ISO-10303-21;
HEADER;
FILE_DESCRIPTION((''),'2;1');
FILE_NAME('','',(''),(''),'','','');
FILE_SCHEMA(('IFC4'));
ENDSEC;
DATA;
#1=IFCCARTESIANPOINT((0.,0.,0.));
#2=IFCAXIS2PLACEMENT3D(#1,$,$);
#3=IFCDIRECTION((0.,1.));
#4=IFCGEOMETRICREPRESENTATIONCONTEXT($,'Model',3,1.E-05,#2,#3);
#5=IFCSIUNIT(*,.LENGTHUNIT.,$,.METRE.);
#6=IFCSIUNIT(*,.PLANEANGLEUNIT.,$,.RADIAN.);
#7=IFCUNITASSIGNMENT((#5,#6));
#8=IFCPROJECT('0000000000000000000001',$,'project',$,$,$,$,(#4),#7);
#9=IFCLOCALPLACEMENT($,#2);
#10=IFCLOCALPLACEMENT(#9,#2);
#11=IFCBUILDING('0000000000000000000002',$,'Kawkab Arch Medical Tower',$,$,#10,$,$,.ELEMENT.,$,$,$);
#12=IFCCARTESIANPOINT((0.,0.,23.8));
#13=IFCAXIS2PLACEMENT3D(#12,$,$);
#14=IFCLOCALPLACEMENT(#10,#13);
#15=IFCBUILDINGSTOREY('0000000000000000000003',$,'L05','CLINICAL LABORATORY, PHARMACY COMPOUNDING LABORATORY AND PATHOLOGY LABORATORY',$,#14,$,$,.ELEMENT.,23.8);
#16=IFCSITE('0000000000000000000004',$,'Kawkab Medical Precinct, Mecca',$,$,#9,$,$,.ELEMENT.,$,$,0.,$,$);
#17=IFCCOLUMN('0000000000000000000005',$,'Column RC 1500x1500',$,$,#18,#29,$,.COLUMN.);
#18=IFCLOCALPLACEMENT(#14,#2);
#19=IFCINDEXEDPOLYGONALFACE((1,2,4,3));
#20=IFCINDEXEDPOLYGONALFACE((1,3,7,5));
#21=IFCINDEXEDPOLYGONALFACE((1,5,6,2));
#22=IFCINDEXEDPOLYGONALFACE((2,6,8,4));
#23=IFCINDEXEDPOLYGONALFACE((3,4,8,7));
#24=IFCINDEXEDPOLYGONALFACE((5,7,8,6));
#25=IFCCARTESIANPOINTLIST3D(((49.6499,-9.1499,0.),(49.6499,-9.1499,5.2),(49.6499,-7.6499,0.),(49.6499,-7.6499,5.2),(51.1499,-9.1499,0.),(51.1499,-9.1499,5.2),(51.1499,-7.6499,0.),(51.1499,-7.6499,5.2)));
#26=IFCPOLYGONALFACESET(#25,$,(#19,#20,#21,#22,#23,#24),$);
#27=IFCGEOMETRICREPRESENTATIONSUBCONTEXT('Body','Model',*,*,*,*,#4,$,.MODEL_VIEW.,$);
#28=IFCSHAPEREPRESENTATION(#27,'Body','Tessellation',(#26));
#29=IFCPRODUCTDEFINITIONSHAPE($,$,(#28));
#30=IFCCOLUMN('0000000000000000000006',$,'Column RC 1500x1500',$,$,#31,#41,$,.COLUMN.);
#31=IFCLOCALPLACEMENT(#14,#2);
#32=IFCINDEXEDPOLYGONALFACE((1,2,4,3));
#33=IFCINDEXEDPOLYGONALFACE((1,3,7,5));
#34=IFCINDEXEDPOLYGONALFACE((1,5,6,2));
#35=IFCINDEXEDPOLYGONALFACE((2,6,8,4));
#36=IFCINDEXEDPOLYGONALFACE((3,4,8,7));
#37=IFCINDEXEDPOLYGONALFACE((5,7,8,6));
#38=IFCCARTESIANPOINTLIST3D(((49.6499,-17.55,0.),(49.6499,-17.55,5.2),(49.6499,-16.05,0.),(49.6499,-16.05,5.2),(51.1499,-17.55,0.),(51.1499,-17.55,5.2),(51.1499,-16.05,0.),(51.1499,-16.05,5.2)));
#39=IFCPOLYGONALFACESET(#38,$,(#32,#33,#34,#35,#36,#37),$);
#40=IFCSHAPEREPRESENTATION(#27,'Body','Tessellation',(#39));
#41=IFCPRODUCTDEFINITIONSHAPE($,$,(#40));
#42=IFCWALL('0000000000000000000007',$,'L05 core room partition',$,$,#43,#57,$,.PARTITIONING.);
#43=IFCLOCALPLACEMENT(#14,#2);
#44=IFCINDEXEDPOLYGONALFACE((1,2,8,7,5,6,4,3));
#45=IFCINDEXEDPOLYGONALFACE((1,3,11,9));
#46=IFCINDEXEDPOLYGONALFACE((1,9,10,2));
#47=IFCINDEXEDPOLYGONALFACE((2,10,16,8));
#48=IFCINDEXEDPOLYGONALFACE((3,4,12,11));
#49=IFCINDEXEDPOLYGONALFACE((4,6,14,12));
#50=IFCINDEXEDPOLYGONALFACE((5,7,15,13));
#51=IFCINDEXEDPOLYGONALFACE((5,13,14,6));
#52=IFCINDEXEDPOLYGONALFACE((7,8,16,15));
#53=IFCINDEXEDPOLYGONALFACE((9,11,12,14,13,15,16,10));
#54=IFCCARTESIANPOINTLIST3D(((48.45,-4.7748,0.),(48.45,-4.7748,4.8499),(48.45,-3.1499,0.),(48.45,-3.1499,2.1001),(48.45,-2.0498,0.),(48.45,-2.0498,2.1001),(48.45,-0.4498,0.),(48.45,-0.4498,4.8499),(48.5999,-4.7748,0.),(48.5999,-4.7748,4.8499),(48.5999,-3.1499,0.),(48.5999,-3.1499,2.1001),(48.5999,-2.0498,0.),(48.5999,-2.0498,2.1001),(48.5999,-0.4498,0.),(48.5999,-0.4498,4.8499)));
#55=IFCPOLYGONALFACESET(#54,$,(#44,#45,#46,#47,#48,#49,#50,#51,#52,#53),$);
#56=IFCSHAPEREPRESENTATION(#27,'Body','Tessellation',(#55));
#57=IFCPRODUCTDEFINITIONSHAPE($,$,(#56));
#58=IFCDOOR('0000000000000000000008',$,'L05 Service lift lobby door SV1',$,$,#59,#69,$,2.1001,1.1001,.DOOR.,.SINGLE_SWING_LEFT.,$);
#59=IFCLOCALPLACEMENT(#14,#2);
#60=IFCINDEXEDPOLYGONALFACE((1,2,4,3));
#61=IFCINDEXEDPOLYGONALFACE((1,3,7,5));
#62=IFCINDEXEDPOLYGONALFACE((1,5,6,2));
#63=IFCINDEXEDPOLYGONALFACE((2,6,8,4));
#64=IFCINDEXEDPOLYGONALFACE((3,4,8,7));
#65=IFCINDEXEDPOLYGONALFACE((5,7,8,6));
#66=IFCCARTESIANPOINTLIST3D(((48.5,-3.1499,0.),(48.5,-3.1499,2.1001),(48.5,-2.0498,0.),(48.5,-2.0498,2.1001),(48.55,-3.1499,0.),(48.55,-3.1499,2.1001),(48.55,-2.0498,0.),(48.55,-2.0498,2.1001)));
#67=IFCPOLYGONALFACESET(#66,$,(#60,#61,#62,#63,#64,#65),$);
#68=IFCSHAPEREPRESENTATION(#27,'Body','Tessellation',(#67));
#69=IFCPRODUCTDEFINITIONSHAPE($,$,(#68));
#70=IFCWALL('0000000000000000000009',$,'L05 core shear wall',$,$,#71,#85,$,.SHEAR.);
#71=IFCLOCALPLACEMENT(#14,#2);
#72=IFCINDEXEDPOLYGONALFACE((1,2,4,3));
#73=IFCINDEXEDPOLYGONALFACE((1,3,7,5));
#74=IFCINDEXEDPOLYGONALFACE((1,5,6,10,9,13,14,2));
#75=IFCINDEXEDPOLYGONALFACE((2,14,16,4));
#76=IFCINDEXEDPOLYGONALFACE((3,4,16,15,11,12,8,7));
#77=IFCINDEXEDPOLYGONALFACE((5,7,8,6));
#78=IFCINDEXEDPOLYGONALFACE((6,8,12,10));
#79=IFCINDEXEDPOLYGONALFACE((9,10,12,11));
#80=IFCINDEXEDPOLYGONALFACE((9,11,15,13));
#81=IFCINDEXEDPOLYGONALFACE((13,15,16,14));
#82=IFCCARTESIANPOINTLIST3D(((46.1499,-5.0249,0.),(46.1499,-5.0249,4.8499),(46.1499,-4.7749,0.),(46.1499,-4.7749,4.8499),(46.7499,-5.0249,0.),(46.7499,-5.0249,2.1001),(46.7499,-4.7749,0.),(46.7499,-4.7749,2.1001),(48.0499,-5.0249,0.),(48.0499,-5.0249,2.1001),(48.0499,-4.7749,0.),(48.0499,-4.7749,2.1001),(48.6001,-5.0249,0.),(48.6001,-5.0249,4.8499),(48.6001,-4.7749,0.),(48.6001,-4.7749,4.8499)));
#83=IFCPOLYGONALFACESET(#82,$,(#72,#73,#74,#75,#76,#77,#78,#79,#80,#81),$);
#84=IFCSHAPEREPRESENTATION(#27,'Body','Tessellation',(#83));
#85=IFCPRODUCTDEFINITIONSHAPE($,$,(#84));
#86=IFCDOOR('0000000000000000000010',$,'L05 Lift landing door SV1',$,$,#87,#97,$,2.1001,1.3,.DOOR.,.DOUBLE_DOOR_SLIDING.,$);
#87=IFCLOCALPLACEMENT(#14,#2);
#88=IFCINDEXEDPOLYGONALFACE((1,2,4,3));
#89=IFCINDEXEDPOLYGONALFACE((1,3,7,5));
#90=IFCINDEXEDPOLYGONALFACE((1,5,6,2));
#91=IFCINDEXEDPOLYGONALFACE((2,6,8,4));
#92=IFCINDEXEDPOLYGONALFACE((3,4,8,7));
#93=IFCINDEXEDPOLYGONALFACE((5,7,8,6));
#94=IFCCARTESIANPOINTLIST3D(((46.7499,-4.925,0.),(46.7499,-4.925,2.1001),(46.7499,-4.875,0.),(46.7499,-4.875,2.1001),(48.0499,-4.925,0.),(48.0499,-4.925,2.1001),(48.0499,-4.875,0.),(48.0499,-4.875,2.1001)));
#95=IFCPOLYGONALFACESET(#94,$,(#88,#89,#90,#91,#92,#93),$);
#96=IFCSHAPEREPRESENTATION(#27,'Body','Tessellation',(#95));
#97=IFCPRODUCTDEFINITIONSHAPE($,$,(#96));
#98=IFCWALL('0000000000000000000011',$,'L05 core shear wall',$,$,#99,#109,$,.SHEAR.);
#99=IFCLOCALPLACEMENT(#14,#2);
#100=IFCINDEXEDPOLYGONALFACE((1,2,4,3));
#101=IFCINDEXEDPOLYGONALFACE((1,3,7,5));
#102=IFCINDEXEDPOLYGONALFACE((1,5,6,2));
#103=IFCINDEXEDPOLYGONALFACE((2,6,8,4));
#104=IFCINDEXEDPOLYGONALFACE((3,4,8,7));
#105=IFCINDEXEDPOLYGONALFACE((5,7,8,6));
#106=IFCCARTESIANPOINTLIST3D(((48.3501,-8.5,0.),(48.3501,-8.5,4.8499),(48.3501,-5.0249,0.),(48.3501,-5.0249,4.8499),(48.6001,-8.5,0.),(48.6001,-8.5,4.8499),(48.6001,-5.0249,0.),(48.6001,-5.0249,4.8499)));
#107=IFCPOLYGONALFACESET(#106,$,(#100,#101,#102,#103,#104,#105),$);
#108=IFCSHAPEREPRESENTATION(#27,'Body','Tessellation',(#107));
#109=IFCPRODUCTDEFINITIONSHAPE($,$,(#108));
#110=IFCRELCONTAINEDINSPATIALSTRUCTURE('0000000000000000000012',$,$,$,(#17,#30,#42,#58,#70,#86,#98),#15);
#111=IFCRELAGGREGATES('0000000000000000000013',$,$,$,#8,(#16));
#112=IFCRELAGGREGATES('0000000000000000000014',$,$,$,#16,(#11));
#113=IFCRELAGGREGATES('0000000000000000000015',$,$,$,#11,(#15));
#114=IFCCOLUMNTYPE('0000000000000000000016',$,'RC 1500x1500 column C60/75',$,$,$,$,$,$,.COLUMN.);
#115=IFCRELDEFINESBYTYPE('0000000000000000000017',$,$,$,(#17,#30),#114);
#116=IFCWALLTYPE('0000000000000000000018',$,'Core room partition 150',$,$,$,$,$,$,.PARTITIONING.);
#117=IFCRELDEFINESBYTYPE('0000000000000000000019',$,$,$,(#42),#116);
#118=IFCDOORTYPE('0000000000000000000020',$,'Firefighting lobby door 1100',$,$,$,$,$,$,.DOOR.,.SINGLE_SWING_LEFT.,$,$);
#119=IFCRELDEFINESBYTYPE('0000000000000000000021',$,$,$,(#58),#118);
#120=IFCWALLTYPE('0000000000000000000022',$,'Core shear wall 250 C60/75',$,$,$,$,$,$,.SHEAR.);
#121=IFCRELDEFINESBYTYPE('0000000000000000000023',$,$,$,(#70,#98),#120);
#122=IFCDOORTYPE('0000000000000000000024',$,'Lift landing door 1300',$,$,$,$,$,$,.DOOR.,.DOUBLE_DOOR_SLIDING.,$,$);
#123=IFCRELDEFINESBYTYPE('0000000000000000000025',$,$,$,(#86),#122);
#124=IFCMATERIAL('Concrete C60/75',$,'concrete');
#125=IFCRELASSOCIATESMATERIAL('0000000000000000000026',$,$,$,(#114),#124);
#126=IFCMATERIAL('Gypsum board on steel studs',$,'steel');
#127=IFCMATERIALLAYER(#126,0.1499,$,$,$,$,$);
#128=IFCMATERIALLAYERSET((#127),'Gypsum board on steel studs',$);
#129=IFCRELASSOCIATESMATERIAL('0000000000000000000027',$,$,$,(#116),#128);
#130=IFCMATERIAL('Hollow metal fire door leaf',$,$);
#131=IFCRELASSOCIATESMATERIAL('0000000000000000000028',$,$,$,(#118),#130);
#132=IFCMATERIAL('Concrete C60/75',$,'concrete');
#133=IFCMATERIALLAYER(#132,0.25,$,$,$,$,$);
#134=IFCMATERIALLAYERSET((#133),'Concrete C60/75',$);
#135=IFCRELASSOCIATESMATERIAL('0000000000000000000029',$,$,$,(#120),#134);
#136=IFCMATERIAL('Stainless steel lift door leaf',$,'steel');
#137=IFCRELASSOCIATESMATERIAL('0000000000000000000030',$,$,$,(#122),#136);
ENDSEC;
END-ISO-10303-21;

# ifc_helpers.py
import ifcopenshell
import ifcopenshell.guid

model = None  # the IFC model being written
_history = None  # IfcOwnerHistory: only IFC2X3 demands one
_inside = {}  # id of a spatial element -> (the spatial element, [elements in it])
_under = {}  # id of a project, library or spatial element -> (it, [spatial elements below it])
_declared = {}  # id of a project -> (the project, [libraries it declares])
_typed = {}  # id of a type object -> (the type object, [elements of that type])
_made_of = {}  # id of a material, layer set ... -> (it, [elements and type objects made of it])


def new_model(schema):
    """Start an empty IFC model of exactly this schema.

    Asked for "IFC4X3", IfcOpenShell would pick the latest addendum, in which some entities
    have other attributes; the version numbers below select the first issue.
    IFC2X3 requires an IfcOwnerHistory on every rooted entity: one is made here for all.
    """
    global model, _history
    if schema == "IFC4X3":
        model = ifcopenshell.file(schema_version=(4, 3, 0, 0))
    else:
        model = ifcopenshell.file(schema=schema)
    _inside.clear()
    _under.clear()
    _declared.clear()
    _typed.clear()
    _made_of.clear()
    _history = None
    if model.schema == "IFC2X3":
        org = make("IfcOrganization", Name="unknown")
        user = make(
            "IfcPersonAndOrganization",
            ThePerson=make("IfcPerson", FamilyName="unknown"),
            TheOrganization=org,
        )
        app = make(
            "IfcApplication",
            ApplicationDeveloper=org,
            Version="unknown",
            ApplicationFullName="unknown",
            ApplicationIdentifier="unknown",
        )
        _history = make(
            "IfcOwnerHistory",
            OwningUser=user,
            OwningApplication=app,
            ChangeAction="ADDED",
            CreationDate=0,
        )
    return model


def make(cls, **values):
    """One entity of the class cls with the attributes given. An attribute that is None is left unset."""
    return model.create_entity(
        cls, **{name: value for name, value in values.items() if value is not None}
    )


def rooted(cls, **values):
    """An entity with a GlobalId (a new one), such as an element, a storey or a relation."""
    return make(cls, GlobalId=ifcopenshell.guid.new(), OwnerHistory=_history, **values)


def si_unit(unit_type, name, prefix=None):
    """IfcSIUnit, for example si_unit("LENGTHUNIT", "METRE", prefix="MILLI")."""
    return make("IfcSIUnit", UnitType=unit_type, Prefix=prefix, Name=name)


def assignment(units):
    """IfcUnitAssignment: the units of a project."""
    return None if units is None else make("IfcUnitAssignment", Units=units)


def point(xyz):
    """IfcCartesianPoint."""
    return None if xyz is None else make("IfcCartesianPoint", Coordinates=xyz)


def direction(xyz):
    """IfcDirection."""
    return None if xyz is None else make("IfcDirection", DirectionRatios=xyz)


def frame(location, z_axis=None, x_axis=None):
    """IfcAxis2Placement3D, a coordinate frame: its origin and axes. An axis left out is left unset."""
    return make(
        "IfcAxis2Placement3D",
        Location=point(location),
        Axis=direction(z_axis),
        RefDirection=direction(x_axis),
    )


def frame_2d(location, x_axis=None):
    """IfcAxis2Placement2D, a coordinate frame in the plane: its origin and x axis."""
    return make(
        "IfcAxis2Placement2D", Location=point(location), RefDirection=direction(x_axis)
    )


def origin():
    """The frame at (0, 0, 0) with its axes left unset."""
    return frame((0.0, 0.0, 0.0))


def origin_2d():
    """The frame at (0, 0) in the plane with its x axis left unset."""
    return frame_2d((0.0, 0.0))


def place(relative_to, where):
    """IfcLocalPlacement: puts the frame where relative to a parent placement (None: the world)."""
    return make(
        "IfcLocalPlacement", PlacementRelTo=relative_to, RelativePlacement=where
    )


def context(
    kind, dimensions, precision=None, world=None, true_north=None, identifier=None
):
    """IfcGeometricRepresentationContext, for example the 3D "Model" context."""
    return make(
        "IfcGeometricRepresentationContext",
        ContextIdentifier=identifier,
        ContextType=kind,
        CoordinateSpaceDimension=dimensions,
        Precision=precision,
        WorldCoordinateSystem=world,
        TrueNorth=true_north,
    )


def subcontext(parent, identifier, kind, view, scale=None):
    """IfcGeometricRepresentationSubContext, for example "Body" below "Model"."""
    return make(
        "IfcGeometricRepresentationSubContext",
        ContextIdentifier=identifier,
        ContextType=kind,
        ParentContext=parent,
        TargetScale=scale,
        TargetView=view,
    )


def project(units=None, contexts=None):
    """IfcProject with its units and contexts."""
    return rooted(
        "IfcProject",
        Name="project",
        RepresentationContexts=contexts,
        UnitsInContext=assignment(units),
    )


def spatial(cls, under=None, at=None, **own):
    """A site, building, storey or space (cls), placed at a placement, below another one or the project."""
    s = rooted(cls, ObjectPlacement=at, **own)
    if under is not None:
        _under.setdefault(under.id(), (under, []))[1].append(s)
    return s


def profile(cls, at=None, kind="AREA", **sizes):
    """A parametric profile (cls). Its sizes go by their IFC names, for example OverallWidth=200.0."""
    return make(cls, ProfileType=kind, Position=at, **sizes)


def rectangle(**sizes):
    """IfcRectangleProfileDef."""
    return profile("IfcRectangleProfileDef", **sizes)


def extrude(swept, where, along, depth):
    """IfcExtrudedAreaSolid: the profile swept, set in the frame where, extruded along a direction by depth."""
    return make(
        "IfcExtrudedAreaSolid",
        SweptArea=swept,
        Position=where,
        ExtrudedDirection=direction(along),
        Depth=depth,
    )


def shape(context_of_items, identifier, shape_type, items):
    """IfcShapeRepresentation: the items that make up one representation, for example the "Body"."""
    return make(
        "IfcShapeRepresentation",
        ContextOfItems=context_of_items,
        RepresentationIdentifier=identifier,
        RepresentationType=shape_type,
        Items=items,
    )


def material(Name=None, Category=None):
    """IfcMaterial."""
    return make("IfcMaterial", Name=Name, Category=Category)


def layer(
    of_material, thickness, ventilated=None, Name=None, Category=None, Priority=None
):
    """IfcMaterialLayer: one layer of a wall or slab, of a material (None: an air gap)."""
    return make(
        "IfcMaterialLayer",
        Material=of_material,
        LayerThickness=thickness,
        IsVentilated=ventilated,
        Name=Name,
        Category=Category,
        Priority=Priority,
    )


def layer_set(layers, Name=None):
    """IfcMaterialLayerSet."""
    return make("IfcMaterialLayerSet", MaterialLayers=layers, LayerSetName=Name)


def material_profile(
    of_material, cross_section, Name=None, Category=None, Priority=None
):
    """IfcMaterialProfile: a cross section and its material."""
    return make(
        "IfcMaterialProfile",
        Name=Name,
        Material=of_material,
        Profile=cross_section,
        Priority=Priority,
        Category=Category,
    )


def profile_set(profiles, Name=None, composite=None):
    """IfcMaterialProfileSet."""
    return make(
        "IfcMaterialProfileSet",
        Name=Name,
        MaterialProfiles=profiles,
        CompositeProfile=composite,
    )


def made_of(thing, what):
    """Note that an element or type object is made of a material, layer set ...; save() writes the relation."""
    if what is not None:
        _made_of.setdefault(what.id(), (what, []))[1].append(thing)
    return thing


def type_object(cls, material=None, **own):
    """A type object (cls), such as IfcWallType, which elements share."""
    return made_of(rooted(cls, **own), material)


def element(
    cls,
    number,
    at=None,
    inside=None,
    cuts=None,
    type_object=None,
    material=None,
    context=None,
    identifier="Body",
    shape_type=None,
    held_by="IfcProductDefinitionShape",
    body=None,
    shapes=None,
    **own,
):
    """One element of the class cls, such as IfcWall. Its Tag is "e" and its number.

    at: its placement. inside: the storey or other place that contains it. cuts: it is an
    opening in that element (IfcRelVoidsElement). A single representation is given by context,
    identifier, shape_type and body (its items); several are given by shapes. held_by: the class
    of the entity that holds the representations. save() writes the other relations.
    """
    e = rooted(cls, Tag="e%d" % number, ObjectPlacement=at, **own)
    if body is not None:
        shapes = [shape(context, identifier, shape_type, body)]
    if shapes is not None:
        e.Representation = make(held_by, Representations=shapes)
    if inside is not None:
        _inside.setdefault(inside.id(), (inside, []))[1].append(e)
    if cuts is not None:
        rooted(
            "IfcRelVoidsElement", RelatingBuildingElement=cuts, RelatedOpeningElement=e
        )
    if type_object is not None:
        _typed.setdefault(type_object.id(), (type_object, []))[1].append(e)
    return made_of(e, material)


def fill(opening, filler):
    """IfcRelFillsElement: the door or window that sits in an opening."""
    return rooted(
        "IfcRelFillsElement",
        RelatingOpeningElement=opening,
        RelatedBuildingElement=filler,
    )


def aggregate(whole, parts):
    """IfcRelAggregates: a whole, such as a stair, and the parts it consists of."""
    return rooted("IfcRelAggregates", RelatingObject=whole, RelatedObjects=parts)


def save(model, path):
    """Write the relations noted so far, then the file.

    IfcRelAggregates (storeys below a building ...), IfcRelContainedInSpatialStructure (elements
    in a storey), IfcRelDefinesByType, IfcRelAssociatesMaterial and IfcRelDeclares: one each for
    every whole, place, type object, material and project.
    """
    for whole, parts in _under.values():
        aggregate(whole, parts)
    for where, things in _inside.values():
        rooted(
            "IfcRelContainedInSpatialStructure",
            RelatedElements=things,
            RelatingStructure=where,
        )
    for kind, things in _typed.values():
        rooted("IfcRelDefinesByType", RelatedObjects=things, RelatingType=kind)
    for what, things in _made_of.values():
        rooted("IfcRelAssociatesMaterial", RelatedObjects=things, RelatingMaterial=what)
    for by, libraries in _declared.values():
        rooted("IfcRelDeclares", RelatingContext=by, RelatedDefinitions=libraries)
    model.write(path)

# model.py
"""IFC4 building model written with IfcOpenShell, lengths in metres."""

from ifc_helpers import new_model, si_unit, direction, frame, frame_2d, origin, origin_2d, place, context, subcontext, project, spatial, rectangle, extrude, material, layer, layer_set, material_profile, profile_set, type_object, element, fill, save


model = new_model("IFC4")

# Units and contexts
model_context = context("Model", 3, precision=1e-05, world=origin(), true_north=direction((0.0, 1.0)))
body_context = subcontext(model_context, "Body", "Model", "MODEL_VIEW")
ifc_project = project(units=[si_unit("LENGTHUNIT", "METRE"), si_unit("PLANEANGLEUNIT", "RADIAN")], contexts=[model_context])

# Site, building, storey
site_placement = place(None, origin())
site = spatial("IfcSite", under=ifc_project, at=site_placement, Name="Kawkab Medical Precinct, Mecca", CompositionType="ELEMENT", RefElevation=0.0)
building_placement = place(site_placement, origin())
building = spatial("IfcBuilding", under=site, at=building_placement, Name="Kawkab Arch Medical Tower", CompositionType="ELEMENT")
storey_placement = place(building_placement, frame((0.0, 0.0, 23.8)))
storey = spatial("IfcBuildingStorey", under=building, at=storey_placement, Name="L05", Description="CLINICAL LABORATORY, PHARMACY COMPOUNDING LABORATORY AND PATHOLOGY LABORATORY", CompositionType="ELEMENT", Elevation=23.8)

# Columns
ifc_material_1 = material(Name="Concrete C60/75", Category="concrete")
ifc_material_profile = material_profile(ifc_material_1, rectangle(XDim=1.5, YDim=1.5, at=origin_2d()), Name="RC 1500x1500")
ifc_profile_set = profile_set([ifc_material_profile], Name="Concrete C60/75")
column_type = type_object("IfcColumnType", Name="RC 1500x1500 column C60/75", PredefinedType="COLUMN", material=ifc_profile_set)
for number, where, z_axis, x_axis, name in (
    (1, (50.3999, -8.3999, 0.0), (0.0, 0.0, 1.0), (1.0, 0.0, 0.0), "Column RC 1500x1500"),
    (2, (50.3999, -16.8, 0.0), (0.0, 0.0, 1.0), (1.0, 0.0, 0.0), "Column RC 1500x1500"),
):
    element("IfcColumn", number, at=place(storey_placement, frame(where, z_axis=z_axis, x_axis=x_axis)), inside=storey, type_object=column_type, Name=name, PredefinedType="COLUMN", context=body_context, shape_type="SweptSolid", body=[
        extrude(rectangle(XDim=1.5, YDim=1.5, at=origin_2d()), origin(), (0.0, 0.0, 1.0), 5.2),
    ])

# Walls, openings, doors
ifc_material_2 = material(Name="Gypsum board on steel studs", Category="steel")
ifc_layer_1 = layer(ifc_material_2, 0.1499)
ifc_layer_set_1 = layer_set([ifc_layer_1], Name="Gypsum board on steel studs")
wall_type_1 = type_object("IfcWallType", Name="Core room partition 150", PredefinedType="PARTITIONING", material=ifc_layer_set_1)
wall_1_placement = place(storey_placement, frame((48.5249, -4.7749, 0.0), z_axis=(0.0, 0.0, 1.0), x_axis=(0.0, 1.0, 0.0)))
wall_1 = element("IfcWall", 3, at=wall_1_placement, inside=storey, type_object=wall_type_1, Name="L05 core room partition", PredefinedType="PARTITIONING", context=body_context, shape_type="SweptSolid", body=[
    extrude(rectangle(XDim=4.325, YDim=0.1499, at=frame_2d((2.1626, 0.0))), origin(), (0.0, 0.0, 1.0), 4.8499),
])
opening_1_placement = place(wall_1_placement, frame((1.625, 0.0, 0.0)))
opening_1 = element("IfcOpeningElement", 4, at=opening_1_placement, cuts=wall_1, PredefinedType="OPENING", context=body_context, shape_type="SweptSolid", body=[
    extrude(rectangle(XDim=1.1001, YDim=2.1001, at=frame_2d((0.55, 1.05))), frame((0.0, 0.085, 0.0), z_axis=(0.0, -1.0, 0.0), x_axis=(1.0, 0.0, 0.0)), (0.0, 0.0, 1.0), 0.1699),
])
ifc_material_3 = material(Name="Hollow metal fire door leaf")
door_type_1 = type_object("IfcDoorType", Name="Firefighting lobby door 1100", OperationType="SINGLE_SWING_LEFT", PredefinedType="DOOR", material=ifc_material_3)
door_1_placement = place(opening_1_placement, origin())
door_1 = element("IfcDoor", 5, at=door_1_placement, inside=storey, type_object=door_type_1, Name="L05 Service lift lobby door SV1", OperationType="SINGLE_SWING_LEFT", OverallHeight=2.1001, OverallWidth=1.1001, PredefinedType="DOOR", context=body_context, shape_type="SweptSolid", body=[
    extrude(rectangle(XDim=1.1001, YDim=2.1001, at=frame_2d((0.55, 1.05))), frame((0.0, 0.0249, 0.0), z_axis=(0.0, -1.0, 0.0), x_axis=(1.0, 0.0, 0.0)), (0.0, 0.0, 1.0), 0.05),
])
fill(opening_1, door_1)
ifc_material_4 = material(Name="Concrete C60/75", Category="concrete")
ifc_layer_2 = layer(ifc_material_4, 0.25)
ifc_layer_set_2 = layer_set([ifc_layer_2], Name="Concrete C60/75")
wall_type_2 = type_object("IfcWallType", Name="Core shear wall 250 C60/75", PredefinedType="SHEAR", material=ifc_layer_set_2)
wall_2_placement = place(storey_placement, frame((46.1499, -4.8999, 0.0), z_axis=(0.0, 0.0, 1.0), x_axis=(1.0, 0.0, 0.0)))
wall_2 = element("IfcWall", 6, at=wall_2_placement, inside=storey, type_object=wall_type_2, Name="L05 core shear wall", PredefinedType="SHEAR", context=body_context, shape_type="SweptSolid", body=[
    extrude(rectangle(XDim=2.4502, YDim=0.25, at=frame_2d((1.2251, 0.0))), origin(), (0.0, 0.0, 1.0), 4.8499),
])
opening_2_placement = place(wall_2_placement, frame((0.6001, 0.0, 0.0)))
opening_2 = element("IfcOpeningElement", 7, at=opening_2_placement, cuts=wall_2, PredefinedType="OPENING", context=body_context, shape_type="SweptSolid", body=[
    extrude(rectangle(XDim=1.3, YDim=2.1001, at=frame_2d((0.6499, 1.05))), frame((0.0, 0.135, 0.0), z_axis=(0.0, -1.0, 0.0), x_axis=(1.0, 0.0, 0.0)), (0.0, 0.0, 1.0), 0.27),
])
ifc_material_5 = material(Name="Stainless steel lift door leaf", Category="steel")
door_type_2 = type_object("IfcDoorType", Name="Lift landing door 1300", OperationType="DOUBLE_DOOR_SLIDING", PredefinedType="DOOR", material=ifc_material_5)
door_2_placement = place(opening_2_placement, origin())
door_2 = element("IfcDoor", 8, at=door_2_placement, inside=storey, type_object=door_type_2, Name="L05 Lift landing door SV1", OperationType="DOUBLE_DOOR_SLIDING", OverallHeight=2.1001, OverallWidth=1.3, PredefinedType="DOOR", context=body_context, shape_type="SweptSolid", body=[
    extrude(rectangle(XDim=1.3, YDim=2.1001, at=frame_2d((0.6499, 1.05))), frame((0.0, 0.0249, 0.0), z_axis=(0.0, -1.0, 0.0), x_axis=(1.0, 0.0, 0.0)), (0.0, 0.0, 1.0), 0.05),
])
fill(opening_2, door_2)

# Wall
wall_3_placement = place(storey_placement, frame((48.4751, -8.5, 0.0), z_axis=(0.0, 0.0, 1.0), x_axis=(0.0, 1.0, 0.0)))
element("IfcWall", 9, at=wall_3_placement, inside=storey, type_object=wall_type_2, Name="L05 core shear wall", PredefinedType="SHEAR", context=body_context, shape_type="SweptSolid", body=[
    extrude(rectangle(XDim=3.4751, YDim=0.25, at=frame_2d((1.7375, 0.0))), origin(), (0.0, 0.0, 1.0), 4.8499),
])

save(model, "model.ifc")
